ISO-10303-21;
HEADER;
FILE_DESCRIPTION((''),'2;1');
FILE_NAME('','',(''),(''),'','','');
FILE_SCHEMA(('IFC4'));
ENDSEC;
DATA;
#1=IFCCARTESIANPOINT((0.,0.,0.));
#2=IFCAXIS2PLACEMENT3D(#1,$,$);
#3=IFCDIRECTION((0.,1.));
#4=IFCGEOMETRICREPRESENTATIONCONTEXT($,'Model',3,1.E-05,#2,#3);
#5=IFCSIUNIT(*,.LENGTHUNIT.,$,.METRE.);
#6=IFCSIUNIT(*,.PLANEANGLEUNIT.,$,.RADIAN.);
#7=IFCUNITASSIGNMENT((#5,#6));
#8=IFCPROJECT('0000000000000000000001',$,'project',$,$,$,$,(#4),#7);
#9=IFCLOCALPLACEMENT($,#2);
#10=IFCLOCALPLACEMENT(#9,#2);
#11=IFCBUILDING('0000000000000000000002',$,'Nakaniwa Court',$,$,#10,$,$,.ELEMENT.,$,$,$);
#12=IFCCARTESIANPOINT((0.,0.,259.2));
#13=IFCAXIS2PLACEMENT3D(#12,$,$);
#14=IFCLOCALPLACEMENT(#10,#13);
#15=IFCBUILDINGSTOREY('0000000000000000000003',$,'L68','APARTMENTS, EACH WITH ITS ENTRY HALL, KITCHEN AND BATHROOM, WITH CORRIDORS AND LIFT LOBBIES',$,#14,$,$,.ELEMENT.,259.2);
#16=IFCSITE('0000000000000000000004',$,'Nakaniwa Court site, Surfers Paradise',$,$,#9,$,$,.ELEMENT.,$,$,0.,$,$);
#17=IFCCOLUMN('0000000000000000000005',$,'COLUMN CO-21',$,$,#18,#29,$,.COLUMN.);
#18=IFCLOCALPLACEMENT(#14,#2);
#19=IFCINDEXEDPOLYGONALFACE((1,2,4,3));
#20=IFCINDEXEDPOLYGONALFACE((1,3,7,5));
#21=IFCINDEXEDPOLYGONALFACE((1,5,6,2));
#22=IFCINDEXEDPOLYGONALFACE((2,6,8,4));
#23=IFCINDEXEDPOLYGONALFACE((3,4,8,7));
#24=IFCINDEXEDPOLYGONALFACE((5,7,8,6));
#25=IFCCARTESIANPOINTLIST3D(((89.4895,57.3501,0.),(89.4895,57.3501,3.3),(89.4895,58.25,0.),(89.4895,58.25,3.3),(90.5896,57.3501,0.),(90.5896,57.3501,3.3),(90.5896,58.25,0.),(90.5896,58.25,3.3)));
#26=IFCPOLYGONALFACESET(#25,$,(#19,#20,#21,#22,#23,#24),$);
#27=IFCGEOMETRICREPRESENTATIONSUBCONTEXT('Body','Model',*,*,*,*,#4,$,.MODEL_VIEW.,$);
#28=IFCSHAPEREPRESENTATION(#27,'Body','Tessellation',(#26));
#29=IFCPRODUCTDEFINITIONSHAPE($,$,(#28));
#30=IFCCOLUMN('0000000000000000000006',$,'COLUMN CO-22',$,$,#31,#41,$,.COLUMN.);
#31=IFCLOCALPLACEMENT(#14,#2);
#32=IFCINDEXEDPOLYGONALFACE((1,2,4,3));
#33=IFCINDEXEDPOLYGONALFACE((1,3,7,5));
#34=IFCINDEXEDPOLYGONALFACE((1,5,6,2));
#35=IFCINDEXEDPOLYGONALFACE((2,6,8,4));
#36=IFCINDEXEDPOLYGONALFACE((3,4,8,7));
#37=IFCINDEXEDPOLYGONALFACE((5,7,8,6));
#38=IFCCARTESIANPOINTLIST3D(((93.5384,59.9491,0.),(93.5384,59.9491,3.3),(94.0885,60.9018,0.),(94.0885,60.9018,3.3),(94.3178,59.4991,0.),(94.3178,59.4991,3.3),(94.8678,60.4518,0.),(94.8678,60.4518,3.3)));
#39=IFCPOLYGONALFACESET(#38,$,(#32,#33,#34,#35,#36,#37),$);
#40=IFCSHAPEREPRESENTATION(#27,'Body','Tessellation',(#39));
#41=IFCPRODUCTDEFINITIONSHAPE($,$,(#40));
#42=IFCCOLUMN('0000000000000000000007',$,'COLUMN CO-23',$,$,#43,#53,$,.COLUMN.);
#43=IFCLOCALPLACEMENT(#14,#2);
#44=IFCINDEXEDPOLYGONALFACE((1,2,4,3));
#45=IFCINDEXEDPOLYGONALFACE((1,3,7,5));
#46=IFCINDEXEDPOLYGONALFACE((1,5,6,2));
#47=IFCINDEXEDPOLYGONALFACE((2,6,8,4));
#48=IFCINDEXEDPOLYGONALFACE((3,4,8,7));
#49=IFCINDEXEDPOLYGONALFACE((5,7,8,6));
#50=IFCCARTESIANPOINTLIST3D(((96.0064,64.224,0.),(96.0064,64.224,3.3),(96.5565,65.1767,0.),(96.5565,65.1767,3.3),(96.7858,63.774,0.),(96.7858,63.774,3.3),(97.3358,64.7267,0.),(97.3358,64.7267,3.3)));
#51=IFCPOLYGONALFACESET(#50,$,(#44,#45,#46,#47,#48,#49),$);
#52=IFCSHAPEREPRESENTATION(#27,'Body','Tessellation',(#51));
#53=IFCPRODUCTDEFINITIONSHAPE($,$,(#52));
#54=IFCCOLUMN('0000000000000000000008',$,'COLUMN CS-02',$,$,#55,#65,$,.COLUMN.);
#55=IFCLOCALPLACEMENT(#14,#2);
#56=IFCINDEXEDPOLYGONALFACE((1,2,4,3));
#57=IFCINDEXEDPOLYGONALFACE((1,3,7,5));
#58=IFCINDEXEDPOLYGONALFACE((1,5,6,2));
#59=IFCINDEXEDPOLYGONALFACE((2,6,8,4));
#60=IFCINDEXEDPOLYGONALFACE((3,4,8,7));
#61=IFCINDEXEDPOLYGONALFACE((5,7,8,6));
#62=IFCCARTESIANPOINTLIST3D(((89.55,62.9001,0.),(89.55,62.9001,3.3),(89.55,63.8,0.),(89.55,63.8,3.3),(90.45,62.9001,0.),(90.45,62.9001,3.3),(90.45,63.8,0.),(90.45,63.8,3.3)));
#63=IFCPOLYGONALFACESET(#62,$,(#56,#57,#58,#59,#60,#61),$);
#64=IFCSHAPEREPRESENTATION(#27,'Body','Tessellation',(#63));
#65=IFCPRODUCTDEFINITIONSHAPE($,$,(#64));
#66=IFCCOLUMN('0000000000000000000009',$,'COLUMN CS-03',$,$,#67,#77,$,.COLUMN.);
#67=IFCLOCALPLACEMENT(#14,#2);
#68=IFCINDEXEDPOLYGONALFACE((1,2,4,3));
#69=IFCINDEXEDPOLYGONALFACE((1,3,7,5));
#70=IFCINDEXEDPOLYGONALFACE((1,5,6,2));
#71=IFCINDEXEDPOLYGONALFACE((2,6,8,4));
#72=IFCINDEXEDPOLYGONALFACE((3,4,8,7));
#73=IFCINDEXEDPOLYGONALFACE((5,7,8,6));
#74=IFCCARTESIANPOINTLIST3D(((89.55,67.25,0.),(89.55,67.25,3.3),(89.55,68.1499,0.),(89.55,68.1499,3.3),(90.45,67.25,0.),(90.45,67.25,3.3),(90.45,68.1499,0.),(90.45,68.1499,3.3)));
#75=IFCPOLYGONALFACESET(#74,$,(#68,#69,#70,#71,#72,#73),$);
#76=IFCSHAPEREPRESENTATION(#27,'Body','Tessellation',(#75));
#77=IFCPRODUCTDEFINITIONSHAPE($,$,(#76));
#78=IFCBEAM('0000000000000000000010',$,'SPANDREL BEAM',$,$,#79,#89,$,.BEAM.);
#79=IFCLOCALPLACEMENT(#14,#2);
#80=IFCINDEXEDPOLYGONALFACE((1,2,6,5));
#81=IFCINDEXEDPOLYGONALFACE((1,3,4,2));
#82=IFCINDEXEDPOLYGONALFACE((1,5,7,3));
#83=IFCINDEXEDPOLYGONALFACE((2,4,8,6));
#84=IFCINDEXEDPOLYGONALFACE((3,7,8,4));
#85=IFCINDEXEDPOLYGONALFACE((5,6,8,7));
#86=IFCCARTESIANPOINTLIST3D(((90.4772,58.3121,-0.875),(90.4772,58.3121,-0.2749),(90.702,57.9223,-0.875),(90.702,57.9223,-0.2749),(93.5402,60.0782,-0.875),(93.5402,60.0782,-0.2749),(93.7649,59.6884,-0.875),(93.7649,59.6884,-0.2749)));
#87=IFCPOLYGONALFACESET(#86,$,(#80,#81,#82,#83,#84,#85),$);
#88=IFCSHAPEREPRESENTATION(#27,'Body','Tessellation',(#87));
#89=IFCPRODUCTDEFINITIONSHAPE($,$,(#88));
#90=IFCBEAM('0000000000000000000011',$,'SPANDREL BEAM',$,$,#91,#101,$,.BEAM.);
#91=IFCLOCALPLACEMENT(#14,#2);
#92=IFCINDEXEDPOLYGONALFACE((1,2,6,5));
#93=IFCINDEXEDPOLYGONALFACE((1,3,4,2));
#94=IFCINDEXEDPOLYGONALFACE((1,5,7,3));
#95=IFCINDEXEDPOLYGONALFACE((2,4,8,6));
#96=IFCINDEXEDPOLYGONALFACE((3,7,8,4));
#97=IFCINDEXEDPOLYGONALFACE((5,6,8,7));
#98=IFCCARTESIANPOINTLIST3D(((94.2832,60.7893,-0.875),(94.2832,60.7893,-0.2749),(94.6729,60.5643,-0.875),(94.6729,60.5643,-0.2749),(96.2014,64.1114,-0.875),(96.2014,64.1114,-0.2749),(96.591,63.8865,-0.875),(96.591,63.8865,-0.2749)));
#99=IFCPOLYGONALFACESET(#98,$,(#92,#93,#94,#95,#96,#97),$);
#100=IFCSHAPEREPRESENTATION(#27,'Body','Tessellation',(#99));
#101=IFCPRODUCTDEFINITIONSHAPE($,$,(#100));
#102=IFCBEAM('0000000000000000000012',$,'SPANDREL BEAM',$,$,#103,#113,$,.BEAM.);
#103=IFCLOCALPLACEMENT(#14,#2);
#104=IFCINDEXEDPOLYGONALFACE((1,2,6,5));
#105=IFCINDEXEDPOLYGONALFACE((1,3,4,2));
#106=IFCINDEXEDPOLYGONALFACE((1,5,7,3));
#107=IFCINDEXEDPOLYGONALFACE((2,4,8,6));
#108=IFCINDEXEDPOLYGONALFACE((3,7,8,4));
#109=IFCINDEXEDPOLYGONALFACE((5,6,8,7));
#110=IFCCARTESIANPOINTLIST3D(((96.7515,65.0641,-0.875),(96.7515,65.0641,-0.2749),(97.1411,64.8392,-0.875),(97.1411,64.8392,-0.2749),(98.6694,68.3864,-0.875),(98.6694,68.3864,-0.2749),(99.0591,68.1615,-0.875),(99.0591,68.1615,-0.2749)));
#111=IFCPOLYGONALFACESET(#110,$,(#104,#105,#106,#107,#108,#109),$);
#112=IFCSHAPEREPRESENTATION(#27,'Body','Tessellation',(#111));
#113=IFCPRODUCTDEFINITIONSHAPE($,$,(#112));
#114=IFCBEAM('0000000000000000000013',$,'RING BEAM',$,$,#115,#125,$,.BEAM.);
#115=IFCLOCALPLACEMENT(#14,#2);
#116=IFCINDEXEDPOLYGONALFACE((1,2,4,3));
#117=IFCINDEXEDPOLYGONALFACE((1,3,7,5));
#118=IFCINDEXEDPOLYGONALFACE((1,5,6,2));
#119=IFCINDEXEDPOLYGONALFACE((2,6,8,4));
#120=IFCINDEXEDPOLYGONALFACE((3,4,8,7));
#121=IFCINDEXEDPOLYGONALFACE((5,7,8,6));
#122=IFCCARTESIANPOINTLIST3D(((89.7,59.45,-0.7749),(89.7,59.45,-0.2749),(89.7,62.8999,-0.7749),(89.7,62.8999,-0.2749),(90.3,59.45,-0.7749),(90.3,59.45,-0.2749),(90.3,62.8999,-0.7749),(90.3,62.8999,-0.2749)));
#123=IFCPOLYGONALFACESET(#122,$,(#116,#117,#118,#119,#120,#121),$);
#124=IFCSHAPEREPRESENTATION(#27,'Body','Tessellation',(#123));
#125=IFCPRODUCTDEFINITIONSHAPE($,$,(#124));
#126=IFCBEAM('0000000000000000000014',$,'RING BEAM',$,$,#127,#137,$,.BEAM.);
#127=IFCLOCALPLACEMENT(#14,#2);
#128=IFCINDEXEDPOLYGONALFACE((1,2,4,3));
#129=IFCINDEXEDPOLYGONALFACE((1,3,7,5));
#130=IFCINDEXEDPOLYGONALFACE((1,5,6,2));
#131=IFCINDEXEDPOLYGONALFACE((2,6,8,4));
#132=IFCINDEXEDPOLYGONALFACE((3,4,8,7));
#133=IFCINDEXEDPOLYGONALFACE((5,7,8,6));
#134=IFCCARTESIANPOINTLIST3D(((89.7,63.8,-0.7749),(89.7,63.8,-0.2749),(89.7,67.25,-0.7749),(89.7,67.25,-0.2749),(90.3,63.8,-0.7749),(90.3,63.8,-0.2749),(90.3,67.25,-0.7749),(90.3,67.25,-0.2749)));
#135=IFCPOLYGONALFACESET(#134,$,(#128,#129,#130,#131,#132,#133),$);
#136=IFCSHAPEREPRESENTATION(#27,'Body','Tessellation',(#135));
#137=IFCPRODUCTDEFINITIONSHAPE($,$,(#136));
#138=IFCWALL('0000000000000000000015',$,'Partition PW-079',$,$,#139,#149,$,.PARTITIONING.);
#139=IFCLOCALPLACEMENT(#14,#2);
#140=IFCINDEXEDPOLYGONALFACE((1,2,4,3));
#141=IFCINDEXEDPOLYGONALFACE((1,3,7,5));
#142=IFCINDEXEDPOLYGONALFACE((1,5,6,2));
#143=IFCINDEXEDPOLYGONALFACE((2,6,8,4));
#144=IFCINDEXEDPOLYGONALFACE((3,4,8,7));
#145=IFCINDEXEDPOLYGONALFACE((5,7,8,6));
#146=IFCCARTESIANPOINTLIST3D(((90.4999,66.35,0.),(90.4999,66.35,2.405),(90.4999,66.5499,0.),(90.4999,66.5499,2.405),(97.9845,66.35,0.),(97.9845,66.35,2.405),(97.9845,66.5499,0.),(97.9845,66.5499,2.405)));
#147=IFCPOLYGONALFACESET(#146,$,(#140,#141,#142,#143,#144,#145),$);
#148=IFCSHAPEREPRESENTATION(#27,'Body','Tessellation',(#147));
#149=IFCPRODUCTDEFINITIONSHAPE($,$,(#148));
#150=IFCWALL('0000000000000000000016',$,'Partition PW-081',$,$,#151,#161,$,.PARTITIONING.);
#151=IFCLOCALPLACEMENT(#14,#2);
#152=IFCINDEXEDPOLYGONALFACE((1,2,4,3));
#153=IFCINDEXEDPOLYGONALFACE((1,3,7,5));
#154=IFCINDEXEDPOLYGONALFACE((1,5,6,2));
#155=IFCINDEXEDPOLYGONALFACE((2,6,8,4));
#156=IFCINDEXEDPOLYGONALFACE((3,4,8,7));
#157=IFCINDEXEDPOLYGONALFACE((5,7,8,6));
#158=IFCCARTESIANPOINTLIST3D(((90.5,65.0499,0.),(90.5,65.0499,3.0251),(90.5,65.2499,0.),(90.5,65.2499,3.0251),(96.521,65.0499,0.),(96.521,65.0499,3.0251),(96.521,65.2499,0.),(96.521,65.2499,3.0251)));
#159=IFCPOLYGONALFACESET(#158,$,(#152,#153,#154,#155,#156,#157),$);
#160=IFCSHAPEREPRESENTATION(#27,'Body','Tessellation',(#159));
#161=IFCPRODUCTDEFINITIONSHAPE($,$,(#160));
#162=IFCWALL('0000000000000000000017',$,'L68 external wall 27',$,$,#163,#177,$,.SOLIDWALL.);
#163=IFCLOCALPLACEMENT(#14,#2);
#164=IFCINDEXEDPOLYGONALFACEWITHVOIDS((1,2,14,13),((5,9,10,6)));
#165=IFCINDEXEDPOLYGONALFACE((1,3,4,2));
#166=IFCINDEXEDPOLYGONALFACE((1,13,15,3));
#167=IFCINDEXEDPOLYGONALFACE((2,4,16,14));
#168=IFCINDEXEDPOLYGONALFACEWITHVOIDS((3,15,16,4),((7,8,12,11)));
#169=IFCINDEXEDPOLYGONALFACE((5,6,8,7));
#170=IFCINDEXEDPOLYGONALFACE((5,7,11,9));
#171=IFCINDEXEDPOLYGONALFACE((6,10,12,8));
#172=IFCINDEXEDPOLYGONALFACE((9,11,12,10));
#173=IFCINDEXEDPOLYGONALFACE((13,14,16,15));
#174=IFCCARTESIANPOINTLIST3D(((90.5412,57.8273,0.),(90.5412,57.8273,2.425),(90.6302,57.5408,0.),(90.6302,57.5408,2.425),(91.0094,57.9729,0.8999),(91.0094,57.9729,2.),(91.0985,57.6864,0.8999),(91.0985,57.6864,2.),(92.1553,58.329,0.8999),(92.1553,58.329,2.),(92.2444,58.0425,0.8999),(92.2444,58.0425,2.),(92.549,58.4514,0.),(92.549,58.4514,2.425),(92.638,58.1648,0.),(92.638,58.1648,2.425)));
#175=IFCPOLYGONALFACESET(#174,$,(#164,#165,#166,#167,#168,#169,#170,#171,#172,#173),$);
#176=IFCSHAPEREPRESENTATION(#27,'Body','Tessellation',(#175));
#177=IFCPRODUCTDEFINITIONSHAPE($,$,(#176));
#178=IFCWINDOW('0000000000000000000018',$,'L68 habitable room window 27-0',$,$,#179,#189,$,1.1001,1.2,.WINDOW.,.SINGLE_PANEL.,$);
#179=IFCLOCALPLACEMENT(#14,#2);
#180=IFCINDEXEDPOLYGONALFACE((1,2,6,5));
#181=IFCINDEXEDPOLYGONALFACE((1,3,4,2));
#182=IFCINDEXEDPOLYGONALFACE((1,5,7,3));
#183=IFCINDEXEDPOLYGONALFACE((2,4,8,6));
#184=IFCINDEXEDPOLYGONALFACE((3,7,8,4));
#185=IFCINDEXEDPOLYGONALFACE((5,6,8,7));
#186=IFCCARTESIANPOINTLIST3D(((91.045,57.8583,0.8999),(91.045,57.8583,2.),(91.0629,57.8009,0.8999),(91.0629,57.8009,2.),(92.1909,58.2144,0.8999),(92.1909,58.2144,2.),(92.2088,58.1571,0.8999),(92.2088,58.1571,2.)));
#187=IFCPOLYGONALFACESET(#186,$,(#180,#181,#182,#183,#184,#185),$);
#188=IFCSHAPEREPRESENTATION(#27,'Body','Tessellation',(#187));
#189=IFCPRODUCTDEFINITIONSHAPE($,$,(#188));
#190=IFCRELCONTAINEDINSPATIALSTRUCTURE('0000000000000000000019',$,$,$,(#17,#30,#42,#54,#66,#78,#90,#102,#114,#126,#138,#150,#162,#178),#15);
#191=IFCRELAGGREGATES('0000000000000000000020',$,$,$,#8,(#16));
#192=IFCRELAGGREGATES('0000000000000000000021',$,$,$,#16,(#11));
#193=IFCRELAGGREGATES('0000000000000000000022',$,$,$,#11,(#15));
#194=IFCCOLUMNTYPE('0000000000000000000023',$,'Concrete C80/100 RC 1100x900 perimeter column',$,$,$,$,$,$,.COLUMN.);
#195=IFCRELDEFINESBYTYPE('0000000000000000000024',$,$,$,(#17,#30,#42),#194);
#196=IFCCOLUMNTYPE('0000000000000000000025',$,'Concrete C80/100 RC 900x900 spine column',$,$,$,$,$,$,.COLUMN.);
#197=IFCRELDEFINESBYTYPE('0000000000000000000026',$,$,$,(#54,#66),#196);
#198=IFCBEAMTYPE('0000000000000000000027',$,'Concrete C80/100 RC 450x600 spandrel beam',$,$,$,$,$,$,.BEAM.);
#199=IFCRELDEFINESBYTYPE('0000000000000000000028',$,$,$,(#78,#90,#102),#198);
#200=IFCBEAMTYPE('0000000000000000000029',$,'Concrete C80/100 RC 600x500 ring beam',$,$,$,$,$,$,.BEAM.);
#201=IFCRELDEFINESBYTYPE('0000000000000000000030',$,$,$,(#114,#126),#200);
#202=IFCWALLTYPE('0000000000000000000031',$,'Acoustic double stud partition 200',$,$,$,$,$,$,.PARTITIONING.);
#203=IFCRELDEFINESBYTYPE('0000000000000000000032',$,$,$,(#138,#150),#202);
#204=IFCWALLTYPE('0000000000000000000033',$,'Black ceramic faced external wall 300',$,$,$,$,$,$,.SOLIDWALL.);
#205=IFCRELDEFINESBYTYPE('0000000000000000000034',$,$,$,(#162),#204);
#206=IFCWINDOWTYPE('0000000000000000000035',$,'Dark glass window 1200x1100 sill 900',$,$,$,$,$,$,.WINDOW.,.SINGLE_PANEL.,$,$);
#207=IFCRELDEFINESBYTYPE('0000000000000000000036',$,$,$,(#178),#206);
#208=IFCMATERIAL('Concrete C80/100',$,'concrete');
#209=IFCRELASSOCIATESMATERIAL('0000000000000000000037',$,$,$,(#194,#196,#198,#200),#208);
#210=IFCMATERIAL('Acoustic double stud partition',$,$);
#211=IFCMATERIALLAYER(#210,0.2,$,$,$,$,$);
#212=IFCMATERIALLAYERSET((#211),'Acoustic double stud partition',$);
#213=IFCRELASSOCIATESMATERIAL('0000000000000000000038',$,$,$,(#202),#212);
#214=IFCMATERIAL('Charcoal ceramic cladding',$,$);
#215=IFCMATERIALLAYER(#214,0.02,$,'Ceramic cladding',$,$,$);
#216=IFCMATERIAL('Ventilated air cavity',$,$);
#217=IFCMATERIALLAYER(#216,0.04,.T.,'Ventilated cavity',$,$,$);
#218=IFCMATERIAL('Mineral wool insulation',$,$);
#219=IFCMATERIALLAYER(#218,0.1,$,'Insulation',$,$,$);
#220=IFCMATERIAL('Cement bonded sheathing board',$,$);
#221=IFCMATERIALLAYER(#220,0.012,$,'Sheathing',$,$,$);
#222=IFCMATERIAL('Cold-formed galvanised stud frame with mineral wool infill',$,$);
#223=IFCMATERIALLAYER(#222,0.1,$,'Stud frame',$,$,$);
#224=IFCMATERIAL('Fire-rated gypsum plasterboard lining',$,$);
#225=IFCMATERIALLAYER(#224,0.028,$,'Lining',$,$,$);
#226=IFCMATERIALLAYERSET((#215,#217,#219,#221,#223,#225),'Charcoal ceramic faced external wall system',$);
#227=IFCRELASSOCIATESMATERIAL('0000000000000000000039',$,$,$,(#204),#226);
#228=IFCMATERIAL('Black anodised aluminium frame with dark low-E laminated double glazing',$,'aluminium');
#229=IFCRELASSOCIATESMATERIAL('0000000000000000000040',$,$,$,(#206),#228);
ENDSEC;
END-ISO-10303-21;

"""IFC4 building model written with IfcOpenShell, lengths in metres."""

from ifc_helpers import new_model, si_unit, direction, frame, frame_2d, origin, origin_2d, place, context, subcontext, project, spatial, rectangle, extrude, material, layer, layer_set, material_profile, profile_set, type_object, element, fill, save


model = new_model("IFC4")

# Units and contexts
model_context = context("Model", 3, precision=1e-05, world=origin(), true_north=direction((0.0, 1.0)))
body_context = subcontext(model_context, "Body", "Model", "MODEL_VIEW")
ifc_project = project(units=[si_unit("LENGTHUNIT", "METRE"), si_unit("PLANEANGLEUNIT", "RADIAN")], contexts=[model_context])

# Site, building, storey
site_placement = place(None, origin())
site = spatial("IfcSite", under=ifc_project, at=site_placement, Name="Nakaniwa Court site, Surfers Paradise", CompositionType="ELEMENT", RefElevation=0.0)
building_placement = place(site_placement, origin())
building = spatial("IfcBuilding", under=site, at=building_placement, Name="Nakaniwa Court", CompositionType="ELEMENT")
storey_placement = place(building_placement, frame((0.0, 0.0, 259.2)))
storey = spatial("IfcBuildingStorey", under=building, at=storey_placement, Name="L68", Description="APARTMENTS, EACH WITH ITS ENTRY HALL, KITCHEN AND BATHROOM, WITH CORRIDORS AND LIFT LOBBIES", CompositionType="ELEMENT", Elevation=259.2)

# Columns
ifc_material_1 = material(Name="Concrete C80/100", Category="concrete")
ifc_material_profile_1 = material_profile(ifc_material_1, rectangle(XDim=1.1001, YDim=0.8999, at=origin_2d()), Name="Concrete C80/100 RC 1100x900 perimeter column")
ifc_profile_set_1 = profile_set([ifc_material_profile_1], Name="Concrete C80/100")
column_type_1 = type_object("IfcColumnType", Name="Concrete C80/100 RC 1100x900 perimeter column", PredefinedType="COLUMN", material=ifc_profile_set_1)
for number, where, z_axis, x_axis, name in (
    (1, (90.0396, 57.8, 0.0), (0.0, 0.0, 1.0), (1.0, 0.0, 0.0), "COLUMN CO-21"),
    (2, (94.2031, 60.2004, 0.0), (0.0, 0.0, 1.0), (0.5, 0.866025, 0.0), "COLUMN CO-22"),
    (3, (96.6711, 64.4753, 0.0), (0.0, 0.0, 1.0), (0.5, 0.866025, 0.0), "COLUMN CO-23"),
):
    element("IfcColumn", number, at=place(storey_placement, frame(where, z_axis=z_axis, x_axis=x_axis)), inside=storey, type_object=column_type_1, Name=name, PredefinedType="COLUMN", context=body_context, shape_type="SweptSolid", body=[
        extrude(rectangle(XDim=1.1001, YDim=0.8999, at=origin_2d()), origin(), (0.0, 0.0, 1.0), 3.3),
    ])
ifc_material_profile_2 = material_profile(ifc_material_1, rectangle(XDim=0.8999, YDim=0.8999, at=origin_2d()), Name="Concrete C80/100 RC 900x900 spine column")
ifc_profile_set_2 = profile_set([ifc_material_profile_2], Name="Concrete C80/100")
column_type_2 = type_object("IfcColumnType", Name="Concrete C80/100 RC 900x900 spine column", PredefinedType="COLUMN", material=ifc_profile_set_2)
for number, where, z_axis, x_axis, name in (
    (4, (90.0, 63.3501, 0.0), (0.0, 0.0, 1.0), (0.0, 1.0, 0.0), "COLUMN CS-02"),
    (5, (90.0, 67.7, 0.0), (0.0, 0.0, 1.0), (0.0, 1.0, 0.0), "COLUMN CS-03"),
):
    element("IfcColumn", number, at=place(storey_placement, frame(where, z_axis=z_axis, x_axis=x_axis)), inside=storey, type_object=column_type_2, Name=name, PredefinedType="COLUMN", context=body_context, shape_type="SweptSolid", body=[
        extrude(rectangle(XDim=0.8999, YDim=0.8999, at=origin_2d()), origin(), (0.0, 0.0, 1.0), 3.3),
    ])

# Beams
ifc_material_profile_3 = material_profile(ifc_material_1, rectangle(XDim=0.45, YDim=0.6001, at=origin_2d()), Name="Concrete C80/100 RC 450x600 spandrel beam")
ifc_profile_set_3 = profile_set([ifc_material_profile_3], Name="Concrete C80/100")
beam_type_1 = type_object("IfcBeamType", Name="Concrete C80/100 RC 450x600 spandrel beam", PredefinedType="BEAM", material=ifc_profile_set_3)
beam_placement = place(storey_placement, frame((90.5896, 58.1172, -0.575), z_axis=(0.866307, 0.499511, 0.0), x_axis=(-0.499511, 0.866307, 0.0)))
element("IfcBeam", 6, at=beam_placement, inside=storey, type_object=beam_type_1, Name="SPANDREL BEAM", PredefinedType="BEAM", context=body_context, shape_type="SweptSolid", body=[
    extrude(rectangle(XDim=0.45, YDim=0.6001, at=origin_2d()), origin(), (0.0, 0.0, 1.0), 3.5356),
])
for number, where, z_axis, x_axis, name in (
    (7, (94.478, 60.6768, -0.575), (0.50002, 0.866014, 0.0), (-0.866014, 0.50002, 0.0), "SPANDREL BEAM"),
    (8, (96.9463, 64.9517, -0.575), (0.499972, 0.866041, 0.0), (-0.866041, 0.499972, 0.0), "SPANDREL BEAM"),
):
    element("IfcBeam", number, at=place(storey_placement, frame(where, z_axis=z_axis, x_axis=x_axis)), inside=storey, type_object=beam_type_1, Name=name, PredefinedType="BEAM", context=body_context, shape_type="SweptSolid", body=[
        extrude(rectangle(XDim=0.45, YDim=0.6001, at=origin_2d()), origin(), (0.0, 0.0, 1.0), 3.8362),
    ])
ifc_material_profile_4 = material_profile(ifc_material_1, rectangle(XDim=0.6001, YDim=0.5, at=origin_2d()), Name="Concrete C80/100 RC 600x500 ring beam")
ifc_profile_set_4 = profile_set([ifc_material_profile_4], Name="Concrete C80/100")
beam_type_2 = type_object("IfcBeamType", Name="Concrete C80/100 RC 600x500 ring beam", PredefinedType="BEAM", material=ifc_profile_set_4)
for number, where, z_axis, x_axis, name in (
    (9, (90.0, 59.45, -0.5249), (0.0, 1.0, 0.0), (-1.0, 0.0, 0.0), "RING BEAM"),
    (10, (90.0, 63.8, -0.5249), (0.0, 1.0, 0.0), (-1.0, 0.0, 0.0), "RING BEAM"),
):
    element("IfcBeam", number, at=place(storey_placement, frame(where, z_axis=z_axis, x_axis=x_axis)), inside=storey, type_object=beam_type_2, Name=name, PredefinedType="BEAM", context=body_context, shape_type="SweptSolid", body=[
        extrude(rectangle(XDim=0.6001, YDim=0.5, at=origin_2d()), origin(), (0.0, 0.0, 1.0), 3.45),
    ])

# Walls
ifc_material_2 = material(Name="Acoustic double stud partition")
ifc_layer_1 = layer(ifc_material_2, 0.2)
ifc_layer_set_1 = layer_set([ifc_layer_1], Name="Acoustic double stud partition")
wall_type_1 = type_object("IfcWallType", Name="Acoustic double stud partition 200", PredefinedType="PARTITIONING", material=ifc_layer_set_1)
wall_1_placement = place(storey_placement, frame((90.5, 66.45, 0.0), z_axis=(0.0, 0.0, 1.0), x_axis=(1.0, 0.0, 0.0)))
element("IfcWall", 11, at=wall_1_placement, inside=storey, type_object=wall_type_1, Name="Partition PW-079", PredefinedType="PARTITIONING", context=body_context, shape_type="SweptSolid", body=[
    extrude(rectangle(XDim=7.4846, YDim=0.2, at=frame_2d((3.7422, 0.0))), origin(), (0.0, 0.0, 1.0), 2.405),
])
wall_2_placement = place(storey_placement, frame((90.5, 65.1499, 0.0), z_axis=(0.0, 0.0, 1.0), x_axis=(1.0, 0.0, 0.0)))
element("IfcWall", 12, at=wall_2_placement, inside=storey, type_object=wall_type_1, Name="Partition PW-081", PredefinedType="PARTITIONING", context=body_context, shape_type="SweptSolid", body=[
    extrude(rectangle(XDim=6.021, YDim=0.2, at=frame_2d((3.0105, 0.0))), origin(), (0.0, 0.0, 1.0), 3.0251),
])

# Wall, opening, window
ifc_material_3 = material(Name="Charcoal ceramic cladding")
ifc_layer_2 = layer(ifc_material_3, 0.02, Name="Ceramic cladding")
ifc_material_4 = material(Name="Ventilated air cavity")
ifc_layer_3 = layer(ifc_material_4, 0.04, ventilated=True, Name="Ventilated cavity")
ifc_material_5 = material(Name="Mineral wool insulation")
ifc_layer_4 = layer(ifc_material_5, 0.1, Name="Insulation")
ifc_material_6 = material(Name="Cement bonded sheathing board")
ifc_layer_5 = layer(ifc_material_6, 0.012, Name="Sheathing")
ifc_material_7 = material(Name="Cold-formed galvanised stud frame with mineral wool infill")
ifc_layer_6 = layer(ifc_material_7, 0.1, Name="Stud frame")
ifc_material_8 = material(Name="Fire-rated gypsum plasterboard lining")
ifc_layer_7 = layer(ifc_material_8, 0.028, Name="Lining")
ifc_layer_set_2 = layer_set([ifc_layer_2, ifc_layer_3, ifc_layer_4, ifc_layer_5, ifc_layer_6, ifc_layer_7], Name="Charcoal ceramic faced external wall system")
wall_type_2 = type_object("IfcWallType", Name="Black ceramic faced external wall 300", PredefinedType="SOLIDWALL", material=ifc_layer_set_2)
wall_3_placement = place(storey_placement, frame((90.5857, 57.6841, 0.0), z_axis=(0.0, 0.0, 1.0), x_axis=(0.954942, 0.296794, 0.0)))
wall_3 = element("IfcWall", 13, at=wall_3_placement, inside=storey, type_object=wall_type_2, Name="L68 external wall 27", PredefinedType="SOLIDWALL", context=body_context, shape_type="SweptSolid", body=[
    extrude(rectangle(XDim=2.1025, YDim=0.3, at=frame_2d((1.0513, 0.0))), origin(), (0.0, 0.0, 1.0), 2.425),
])
opening_1_placement = place(wall_3_placement, frame((0.4902, 0.0, 0.8999)))
opening_1 = element("IfcOpeningElement", 14, at=opening_1_placement, cuts=wall_3, PredefinedType="OPENING", context=body_context, shape_type="SweptSolid", body=[
    extrude(rectangle(XDim=1.2, YDim=1.1001, at=frame_2d((0.6001, 0.55))), frame((0.0, 0.1599, 0.0), z_axis=(0.0, -1.0, 0.0), x_axis=(1.0, 0.0, 0.0)), (0.0, 0.0, 1.0), 0.3201),
])
ifc_material_9 = material(Name="Black anodised aluminium frame with dark low-E laminated double glazing", Category="aluminium")
window_type_1 = type_object("IfcWindowType", Name="Dark glass window 1200x1100 sill 900", PartitioningType="SINGLE_PANEL", PredefinedType="WINDOW", material=ifc_material_9)
window_1_placement = place(opening_1_placement, origin())
window_1 = element("IfcWindow", 15, at=window_1_placement, inside=storey, type_object=window_type_1, Name="L68 habitable room window 27-0", OverallHeight=1.1001, OverallWidth=1.2, PartitioningType="SINGLE_PANEL", PredefinedType="WINDOW", context=body_context, shape_type="SweptSolid", body=[
    extrude(rectangle(XDim=1.2, YDim=1.1001, at=frame_2d((0.6001, 0.55))), frame((0.0, 0.03, 0.0), z_axis=(0.0, -1.0, 0.0), x_axis=(1.0, 0.0, 0.0)), (0.0, 0.0, 1.0), 0.0601),
])
fill(opening_1, window_1)

save(model, "model.ifc")
